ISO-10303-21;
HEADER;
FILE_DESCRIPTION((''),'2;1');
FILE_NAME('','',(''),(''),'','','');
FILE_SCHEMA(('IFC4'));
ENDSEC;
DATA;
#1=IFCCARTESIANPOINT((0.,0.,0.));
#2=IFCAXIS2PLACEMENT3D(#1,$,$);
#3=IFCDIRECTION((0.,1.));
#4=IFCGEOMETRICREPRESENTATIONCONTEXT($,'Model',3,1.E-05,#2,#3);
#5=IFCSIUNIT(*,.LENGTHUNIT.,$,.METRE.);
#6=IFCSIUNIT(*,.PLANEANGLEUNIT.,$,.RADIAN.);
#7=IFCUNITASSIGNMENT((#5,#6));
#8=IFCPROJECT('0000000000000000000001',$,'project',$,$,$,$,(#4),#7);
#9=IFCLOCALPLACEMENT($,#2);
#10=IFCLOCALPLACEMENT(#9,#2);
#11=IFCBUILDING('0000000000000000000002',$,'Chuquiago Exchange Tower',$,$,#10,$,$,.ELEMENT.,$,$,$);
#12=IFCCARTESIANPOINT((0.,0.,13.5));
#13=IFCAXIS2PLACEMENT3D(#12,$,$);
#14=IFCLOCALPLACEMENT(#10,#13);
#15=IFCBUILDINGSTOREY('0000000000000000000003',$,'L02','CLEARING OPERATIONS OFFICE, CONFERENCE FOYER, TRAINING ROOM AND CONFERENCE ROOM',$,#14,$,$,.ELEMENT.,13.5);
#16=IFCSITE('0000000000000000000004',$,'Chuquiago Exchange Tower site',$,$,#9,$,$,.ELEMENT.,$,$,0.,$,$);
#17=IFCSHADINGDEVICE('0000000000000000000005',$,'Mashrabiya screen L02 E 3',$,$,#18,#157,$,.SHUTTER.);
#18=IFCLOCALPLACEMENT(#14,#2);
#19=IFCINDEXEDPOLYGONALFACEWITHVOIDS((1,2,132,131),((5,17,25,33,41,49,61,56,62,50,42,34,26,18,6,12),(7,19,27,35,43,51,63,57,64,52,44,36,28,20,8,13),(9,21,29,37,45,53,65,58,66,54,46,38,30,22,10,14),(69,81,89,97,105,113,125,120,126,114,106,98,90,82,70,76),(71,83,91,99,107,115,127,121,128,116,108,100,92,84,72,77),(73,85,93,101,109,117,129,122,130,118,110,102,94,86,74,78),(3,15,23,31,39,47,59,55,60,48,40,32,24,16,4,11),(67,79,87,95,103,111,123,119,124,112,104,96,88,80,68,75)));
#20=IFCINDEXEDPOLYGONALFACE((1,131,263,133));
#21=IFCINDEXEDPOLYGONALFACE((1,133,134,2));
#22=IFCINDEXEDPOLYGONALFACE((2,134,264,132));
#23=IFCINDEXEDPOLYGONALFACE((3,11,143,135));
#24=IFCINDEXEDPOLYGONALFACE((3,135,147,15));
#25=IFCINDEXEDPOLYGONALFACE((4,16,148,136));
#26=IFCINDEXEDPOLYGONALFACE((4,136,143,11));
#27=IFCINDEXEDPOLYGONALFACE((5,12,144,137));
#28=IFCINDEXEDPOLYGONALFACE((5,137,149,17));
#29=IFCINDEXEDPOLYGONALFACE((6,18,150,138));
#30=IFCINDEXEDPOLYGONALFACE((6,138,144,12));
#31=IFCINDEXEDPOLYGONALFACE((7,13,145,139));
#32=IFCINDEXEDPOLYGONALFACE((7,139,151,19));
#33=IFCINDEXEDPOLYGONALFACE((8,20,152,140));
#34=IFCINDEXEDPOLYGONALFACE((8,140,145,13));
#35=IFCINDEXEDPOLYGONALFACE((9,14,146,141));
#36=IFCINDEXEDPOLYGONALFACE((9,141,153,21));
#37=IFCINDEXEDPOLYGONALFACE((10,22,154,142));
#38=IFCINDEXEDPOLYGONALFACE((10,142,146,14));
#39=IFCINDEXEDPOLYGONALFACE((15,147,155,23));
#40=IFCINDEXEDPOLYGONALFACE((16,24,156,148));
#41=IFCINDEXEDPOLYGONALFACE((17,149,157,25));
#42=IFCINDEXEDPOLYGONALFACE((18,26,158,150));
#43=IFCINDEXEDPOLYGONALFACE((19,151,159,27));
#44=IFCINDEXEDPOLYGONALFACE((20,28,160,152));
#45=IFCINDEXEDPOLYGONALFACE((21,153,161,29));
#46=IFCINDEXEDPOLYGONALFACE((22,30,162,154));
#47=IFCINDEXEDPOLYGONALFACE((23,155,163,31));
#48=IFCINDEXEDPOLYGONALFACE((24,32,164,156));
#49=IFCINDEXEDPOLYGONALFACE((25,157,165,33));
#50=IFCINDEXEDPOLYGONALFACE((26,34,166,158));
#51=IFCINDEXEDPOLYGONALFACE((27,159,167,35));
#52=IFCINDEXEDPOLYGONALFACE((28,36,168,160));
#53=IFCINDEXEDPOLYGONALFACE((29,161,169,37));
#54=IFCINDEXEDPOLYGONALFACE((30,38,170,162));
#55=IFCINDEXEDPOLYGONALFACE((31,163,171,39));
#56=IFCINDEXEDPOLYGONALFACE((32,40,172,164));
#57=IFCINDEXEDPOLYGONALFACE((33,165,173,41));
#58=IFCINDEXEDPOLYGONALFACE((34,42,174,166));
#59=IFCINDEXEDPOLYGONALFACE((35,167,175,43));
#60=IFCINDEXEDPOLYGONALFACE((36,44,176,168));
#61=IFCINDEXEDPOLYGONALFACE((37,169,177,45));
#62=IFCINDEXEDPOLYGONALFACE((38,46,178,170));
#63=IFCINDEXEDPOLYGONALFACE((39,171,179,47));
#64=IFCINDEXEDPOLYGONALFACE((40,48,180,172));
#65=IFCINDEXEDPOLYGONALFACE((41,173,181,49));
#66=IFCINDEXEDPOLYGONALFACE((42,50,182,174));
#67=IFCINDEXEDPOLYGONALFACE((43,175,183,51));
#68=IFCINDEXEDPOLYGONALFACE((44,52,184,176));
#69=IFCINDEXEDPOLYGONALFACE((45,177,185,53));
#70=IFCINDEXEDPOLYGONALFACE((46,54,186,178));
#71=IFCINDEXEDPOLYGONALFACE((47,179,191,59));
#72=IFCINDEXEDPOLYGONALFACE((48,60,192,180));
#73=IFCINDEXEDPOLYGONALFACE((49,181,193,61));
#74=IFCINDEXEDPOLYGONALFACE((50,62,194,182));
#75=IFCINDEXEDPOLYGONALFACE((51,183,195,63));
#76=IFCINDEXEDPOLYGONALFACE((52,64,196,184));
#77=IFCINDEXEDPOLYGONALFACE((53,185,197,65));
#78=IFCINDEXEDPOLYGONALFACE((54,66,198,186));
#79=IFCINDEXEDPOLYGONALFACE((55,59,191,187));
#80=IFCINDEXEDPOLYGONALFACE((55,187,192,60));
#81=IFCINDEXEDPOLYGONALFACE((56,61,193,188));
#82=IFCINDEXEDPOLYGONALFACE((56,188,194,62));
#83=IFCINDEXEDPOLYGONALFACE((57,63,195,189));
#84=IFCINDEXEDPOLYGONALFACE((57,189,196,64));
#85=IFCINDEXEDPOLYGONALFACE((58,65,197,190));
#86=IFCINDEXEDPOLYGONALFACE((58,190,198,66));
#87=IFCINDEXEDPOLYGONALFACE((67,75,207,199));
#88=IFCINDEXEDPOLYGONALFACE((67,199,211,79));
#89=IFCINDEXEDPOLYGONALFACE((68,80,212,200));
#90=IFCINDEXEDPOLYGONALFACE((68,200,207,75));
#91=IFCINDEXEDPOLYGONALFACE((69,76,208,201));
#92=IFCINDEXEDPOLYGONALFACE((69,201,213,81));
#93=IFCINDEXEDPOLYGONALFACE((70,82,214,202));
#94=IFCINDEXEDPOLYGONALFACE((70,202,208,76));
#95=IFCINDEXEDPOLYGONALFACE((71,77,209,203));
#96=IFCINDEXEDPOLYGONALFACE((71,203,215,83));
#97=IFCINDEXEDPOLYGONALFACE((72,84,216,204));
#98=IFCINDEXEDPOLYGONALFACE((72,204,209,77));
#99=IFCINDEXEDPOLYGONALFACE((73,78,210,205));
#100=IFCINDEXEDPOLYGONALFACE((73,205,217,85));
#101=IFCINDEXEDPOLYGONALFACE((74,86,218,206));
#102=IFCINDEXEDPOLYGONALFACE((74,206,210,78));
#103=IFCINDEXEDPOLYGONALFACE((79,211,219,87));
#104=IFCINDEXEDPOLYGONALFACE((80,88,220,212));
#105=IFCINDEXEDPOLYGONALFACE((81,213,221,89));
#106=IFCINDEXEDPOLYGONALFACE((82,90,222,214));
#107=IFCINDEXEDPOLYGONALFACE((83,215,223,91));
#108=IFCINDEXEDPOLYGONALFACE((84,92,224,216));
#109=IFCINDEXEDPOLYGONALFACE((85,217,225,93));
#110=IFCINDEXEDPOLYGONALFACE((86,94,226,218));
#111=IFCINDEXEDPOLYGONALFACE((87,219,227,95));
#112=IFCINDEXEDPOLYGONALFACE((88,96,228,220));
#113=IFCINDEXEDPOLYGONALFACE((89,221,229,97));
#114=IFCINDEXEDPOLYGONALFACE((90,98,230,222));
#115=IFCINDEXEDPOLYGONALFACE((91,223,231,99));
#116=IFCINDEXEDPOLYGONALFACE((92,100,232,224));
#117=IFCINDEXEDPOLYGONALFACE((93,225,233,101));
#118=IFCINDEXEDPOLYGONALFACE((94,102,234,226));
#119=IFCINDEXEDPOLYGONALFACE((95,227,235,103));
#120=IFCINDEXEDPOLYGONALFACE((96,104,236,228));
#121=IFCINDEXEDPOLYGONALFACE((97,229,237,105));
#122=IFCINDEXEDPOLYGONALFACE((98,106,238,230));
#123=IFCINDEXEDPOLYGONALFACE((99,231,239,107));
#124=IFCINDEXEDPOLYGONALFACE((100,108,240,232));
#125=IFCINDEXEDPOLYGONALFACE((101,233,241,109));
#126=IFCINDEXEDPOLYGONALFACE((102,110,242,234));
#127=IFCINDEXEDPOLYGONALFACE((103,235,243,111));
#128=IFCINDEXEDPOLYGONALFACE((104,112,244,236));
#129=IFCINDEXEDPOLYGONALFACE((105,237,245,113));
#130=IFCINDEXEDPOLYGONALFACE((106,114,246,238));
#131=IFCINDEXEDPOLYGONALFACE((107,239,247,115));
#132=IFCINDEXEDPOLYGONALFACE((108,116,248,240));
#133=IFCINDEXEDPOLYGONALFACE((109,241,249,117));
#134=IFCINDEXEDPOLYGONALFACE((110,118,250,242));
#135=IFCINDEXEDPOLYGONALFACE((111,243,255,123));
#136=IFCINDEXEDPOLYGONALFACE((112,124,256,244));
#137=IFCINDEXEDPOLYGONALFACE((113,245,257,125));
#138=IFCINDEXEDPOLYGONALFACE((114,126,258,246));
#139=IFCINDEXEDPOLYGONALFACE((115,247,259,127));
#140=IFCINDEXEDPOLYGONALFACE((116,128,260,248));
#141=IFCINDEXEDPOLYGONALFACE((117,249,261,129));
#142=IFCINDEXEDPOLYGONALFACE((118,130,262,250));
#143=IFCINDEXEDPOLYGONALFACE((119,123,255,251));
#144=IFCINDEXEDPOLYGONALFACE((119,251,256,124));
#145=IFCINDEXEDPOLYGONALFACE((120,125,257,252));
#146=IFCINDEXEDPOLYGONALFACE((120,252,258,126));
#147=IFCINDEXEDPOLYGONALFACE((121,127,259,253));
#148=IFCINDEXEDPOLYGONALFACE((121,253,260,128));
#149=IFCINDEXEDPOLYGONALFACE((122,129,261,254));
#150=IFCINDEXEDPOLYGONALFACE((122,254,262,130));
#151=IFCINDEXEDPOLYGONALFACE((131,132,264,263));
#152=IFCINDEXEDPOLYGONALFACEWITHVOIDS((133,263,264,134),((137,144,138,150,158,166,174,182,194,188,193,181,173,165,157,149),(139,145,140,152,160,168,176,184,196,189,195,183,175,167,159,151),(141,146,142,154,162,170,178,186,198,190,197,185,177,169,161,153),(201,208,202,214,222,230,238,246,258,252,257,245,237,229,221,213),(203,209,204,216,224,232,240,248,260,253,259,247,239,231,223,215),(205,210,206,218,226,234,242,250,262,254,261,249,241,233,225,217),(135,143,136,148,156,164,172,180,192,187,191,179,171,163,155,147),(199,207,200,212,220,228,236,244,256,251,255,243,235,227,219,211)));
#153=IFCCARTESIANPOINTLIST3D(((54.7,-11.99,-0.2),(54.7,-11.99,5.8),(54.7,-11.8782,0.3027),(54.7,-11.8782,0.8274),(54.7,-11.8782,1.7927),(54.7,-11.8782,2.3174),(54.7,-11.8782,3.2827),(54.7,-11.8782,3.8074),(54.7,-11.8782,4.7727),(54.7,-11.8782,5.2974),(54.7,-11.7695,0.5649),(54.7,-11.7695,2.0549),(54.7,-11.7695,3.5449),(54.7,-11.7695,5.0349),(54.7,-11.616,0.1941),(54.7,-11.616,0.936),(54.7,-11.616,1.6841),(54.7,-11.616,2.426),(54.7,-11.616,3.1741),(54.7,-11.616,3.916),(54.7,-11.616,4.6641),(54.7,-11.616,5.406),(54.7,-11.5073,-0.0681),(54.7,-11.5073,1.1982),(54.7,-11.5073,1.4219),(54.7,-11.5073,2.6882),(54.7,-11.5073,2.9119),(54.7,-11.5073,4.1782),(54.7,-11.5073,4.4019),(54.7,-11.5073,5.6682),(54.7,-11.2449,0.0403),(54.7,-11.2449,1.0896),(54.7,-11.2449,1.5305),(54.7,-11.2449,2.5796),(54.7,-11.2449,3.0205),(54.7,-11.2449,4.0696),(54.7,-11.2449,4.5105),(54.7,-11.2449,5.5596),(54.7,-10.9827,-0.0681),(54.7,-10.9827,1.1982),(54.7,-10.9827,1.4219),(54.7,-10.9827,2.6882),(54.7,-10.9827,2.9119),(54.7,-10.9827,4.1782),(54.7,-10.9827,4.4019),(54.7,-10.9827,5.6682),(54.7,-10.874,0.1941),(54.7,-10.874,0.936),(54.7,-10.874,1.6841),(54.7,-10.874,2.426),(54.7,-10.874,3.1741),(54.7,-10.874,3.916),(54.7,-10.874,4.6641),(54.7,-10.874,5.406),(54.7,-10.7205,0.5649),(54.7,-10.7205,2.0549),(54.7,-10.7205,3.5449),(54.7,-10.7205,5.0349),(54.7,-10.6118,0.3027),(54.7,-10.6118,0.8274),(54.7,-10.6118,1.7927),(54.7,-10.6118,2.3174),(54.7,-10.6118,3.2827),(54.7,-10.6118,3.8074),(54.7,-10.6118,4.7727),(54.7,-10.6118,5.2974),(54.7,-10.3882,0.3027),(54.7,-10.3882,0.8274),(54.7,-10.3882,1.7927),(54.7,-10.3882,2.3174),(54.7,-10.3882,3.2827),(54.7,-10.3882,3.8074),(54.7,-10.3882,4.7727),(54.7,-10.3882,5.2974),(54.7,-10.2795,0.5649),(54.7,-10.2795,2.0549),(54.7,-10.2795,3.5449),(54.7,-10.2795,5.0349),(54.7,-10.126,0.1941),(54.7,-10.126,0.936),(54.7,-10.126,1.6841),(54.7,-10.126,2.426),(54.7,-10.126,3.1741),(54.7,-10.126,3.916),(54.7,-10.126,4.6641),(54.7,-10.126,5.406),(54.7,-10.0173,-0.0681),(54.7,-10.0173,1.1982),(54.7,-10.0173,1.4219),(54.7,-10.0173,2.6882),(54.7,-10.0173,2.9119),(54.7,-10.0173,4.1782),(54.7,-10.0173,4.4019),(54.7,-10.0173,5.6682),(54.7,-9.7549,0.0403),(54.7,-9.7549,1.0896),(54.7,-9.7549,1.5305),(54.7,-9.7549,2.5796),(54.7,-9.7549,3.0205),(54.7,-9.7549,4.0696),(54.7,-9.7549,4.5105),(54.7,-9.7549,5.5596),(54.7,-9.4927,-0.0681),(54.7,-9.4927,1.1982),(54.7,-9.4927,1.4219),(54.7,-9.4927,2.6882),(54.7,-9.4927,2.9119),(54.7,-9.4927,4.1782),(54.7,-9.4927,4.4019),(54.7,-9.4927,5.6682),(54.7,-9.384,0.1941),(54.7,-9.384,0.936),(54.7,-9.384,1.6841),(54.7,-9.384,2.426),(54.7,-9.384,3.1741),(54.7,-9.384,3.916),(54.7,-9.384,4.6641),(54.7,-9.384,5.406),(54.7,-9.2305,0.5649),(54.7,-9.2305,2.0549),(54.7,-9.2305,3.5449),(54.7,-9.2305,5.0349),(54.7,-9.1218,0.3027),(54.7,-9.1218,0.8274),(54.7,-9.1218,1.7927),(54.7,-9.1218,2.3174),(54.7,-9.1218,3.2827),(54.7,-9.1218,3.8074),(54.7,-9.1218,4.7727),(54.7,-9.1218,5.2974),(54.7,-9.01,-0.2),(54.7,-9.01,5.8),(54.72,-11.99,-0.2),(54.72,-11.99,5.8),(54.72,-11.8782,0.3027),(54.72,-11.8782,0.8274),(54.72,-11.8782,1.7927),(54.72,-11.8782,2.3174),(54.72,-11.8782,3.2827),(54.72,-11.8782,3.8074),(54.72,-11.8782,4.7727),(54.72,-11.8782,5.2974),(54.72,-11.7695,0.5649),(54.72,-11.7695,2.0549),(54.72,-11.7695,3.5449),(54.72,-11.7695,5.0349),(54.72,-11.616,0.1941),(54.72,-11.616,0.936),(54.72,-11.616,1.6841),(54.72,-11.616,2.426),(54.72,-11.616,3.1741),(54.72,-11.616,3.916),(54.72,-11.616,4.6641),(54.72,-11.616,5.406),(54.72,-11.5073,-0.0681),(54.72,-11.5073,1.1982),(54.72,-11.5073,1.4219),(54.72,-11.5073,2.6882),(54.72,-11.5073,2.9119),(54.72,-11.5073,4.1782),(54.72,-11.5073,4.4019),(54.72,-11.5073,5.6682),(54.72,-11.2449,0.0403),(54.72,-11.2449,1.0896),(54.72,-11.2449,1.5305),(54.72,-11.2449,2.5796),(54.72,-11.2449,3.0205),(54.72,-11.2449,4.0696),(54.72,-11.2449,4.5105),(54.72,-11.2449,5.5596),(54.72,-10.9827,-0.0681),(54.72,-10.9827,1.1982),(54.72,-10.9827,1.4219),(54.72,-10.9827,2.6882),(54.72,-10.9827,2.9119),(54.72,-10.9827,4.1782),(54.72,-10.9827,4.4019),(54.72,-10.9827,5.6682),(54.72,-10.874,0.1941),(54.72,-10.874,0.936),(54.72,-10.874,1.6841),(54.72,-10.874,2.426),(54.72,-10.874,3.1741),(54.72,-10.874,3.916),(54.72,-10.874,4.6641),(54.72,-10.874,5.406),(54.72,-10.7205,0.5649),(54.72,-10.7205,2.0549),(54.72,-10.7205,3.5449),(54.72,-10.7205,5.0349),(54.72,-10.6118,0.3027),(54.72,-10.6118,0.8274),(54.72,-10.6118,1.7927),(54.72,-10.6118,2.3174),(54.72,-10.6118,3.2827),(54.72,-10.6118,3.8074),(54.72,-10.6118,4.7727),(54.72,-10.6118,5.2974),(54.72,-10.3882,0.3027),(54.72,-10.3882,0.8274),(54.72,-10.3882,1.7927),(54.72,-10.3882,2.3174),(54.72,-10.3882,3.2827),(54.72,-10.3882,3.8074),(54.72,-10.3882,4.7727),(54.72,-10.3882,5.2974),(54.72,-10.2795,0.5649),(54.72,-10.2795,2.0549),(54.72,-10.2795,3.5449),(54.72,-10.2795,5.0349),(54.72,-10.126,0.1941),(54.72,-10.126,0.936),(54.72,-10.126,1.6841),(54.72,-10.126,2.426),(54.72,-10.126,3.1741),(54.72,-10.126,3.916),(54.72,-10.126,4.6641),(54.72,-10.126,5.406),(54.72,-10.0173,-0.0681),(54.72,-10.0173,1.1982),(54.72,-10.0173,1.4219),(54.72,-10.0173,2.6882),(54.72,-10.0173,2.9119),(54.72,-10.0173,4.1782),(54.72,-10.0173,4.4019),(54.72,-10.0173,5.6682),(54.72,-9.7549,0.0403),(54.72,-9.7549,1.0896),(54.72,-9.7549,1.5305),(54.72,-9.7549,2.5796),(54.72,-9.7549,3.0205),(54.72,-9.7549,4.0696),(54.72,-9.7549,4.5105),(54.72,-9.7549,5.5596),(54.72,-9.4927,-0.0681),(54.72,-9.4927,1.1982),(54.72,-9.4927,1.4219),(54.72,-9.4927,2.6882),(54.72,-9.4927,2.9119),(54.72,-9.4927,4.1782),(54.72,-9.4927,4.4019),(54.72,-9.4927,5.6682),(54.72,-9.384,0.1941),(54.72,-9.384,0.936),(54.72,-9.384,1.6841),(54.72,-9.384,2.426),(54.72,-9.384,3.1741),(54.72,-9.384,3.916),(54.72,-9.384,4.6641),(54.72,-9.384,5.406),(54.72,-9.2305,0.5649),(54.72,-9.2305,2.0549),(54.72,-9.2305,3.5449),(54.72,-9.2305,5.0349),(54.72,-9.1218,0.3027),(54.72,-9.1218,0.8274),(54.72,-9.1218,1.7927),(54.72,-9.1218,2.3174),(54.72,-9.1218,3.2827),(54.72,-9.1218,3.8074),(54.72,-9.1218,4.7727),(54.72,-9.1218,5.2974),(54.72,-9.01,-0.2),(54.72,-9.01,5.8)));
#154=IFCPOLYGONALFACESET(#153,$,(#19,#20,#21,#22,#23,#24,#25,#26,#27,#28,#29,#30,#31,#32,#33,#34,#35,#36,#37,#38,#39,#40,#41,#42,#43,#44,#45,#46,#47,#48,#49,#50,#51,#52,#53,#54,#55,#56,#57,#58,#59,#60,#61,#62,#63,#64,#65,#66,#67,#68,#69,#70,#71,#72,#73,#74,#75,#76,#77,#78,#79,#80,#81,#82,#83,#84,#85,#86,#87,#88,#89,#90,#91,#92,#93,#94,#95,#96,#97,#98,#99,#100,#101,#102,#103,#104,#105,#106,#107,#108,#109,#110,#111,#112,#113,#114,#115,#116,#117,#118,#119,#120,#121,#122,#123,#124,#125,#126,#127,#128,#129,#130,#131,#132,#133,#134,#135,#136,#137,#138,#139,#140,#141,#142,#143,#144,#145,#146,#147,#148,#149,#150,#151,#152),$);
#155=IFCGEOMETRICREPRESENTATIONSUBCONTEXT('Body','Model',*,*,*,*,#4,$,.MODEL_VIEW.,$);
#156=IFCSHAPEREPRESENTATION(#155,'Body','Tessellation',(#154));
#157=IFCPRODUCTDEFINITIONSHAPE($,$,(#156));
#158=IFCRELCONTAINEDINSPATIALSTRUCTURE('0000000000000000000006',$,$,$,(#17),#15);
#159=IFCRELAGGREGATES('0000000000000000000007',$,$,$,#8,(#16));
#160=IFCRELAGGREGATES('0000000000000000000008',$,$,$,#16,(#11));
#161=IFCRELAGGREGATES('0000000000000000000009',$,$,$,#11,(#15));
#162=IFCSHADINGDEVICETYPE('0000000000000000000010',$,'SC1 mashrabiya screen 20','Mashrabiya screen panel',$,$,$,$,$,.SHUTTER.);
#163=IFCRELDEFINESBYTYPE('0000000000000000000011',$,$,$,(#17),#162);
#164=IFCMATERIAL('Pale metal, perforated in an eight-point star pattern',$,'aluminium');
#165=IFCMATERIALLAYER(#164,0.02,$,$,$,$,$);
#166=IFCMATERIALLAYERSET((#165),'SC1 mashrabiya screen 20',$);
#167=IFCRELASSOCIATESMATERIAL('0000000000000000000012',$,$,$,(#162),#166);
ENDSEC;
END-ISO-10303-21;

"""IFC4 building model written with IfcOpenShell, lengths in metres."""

from ifc_helpers import new_model, si_unit, direction, frame, origin, place, context, subcontext, project, spatial, polyline, outline, extrude, material, layer, layer_set, type_object, element, save


model = new_model("IFC4")

# Units and contexts
model_context = context("Model", 3, precision=1e-05, world=origin(), true_north=direction((0.0, 1.0)))
body_context = subcontext(model_context, "Body", "Model", "MODEL_VIEW")
ifc_project = project(units=[si_unit("LENGTHUNIT", "METRE"), si_unit("PLANEANGLEUNIT", "RADIAN")], contexts=[model_context])

# Site, building, storey
site_placement = place(None, origin())
site = spatial("IfcSite", under=ifc_project, at=site_placement, Name="Chuquiago Exchange Tower site", CompositionType="ELEMENT", RefElevation=0.0)
building_placement = place(site_placement, origin())
building = spatial("IfcBuilding", under=site, at=building_placement, Name="Chuquiago Exchange Tower", CompositionType="ELEMENT")
storey_placement = place(building_placement, frame((0.0, 0.0, 13.5)))
storey = spatial("IfcBuildingStorey", under=building, at=storey_placement, Name="L02", Description="CLEARING OPERATIONS OFFICE, CONFERENCE FOYER, TRAINING ROOM AND CONFERENCE ROOM", CompositionType="ELEMENT", Elevation=13.5)

# Shading device
ifc_material_1 = material(Name="Pale metal, perforated in an eight-point star pattern", Category="aluminium")
ifc_layer_1 = layer(ifc_material_1, 0.02)
ifc_layer_set_1 = layer_set([ifc_layer_1], Name="SC1 mashrabiya screen 20")
shading_device_type = type_object("IfcShadingDeviceType", Name="SC1 mashrabiya screen 20", Description="Mashrabiya screen panel", PredefinedType="SHUTTER", material=ifc_layer_set_1)
shading_device_1_placement = place(storey_placement, frame((54.7, -11.99, -0.2), z_axis=(0.0, 0.0, 1.0), x_axis=(0.0, 1.0, 0.0)))
element("IfcShadingDevice", 1, at=shading_device_1_placement, inside=storey, type_object=shading_device_type, Name="Mashrabiya screen L02 E 3", PredefinedType="SHUTTER", context=body_context, shape_type="SweptSolid", body=[
    extrude(outline(polyline([(0.0, 0.0), (2.98, 0.0), (2.98, 6.0), (0.0, 6.0), (0.0, 0.0)]), holes=[polyline([(1.2695, 0.7649), (1.3782, 1.0273), (1.116, 1.136), (1.0073, 1.3982), (0.7451, 1.2896), (0.4827, 1.3982), (0.374, 1.136), (0.1118, 1.0273), (0.2205, 0.7649), (0.1118, 0.5027), (0.374, 0.394), (0.4827, 0.1318), (0.7451, 0.2402), (1.0073, 0.1318), (1.116, 0.394), (1.3782, 0.5027), (1.2695, 0.7649)]), polyline([(2.7595, 0.7649), (2.8682, 1.0273), (2.606, 1.136), (2.4973, 1.3982), (2.2351, 1.2896), (1.9727, 1.3982), (1.864, 1.136), (1.6018, 1.0273), (1.7104, 0.7649), (1.6018, 0.5027), (1.864, 0.394), (1.9727, 0.1318), (2.2351, 0.2402), (2.4973, 0.1318), (2.606, 0.394), (2.8682, 0.5027), (2.7595, 0.7649)]), polyline([(1.2695, 2.2549), (1.3782, 2.5173), (1.116, 2.626), (1.0073, 2.8882), (0.7451, 2.7795), (0.4827, 2.8882), (0.374, 2.626), (0.1118, 2.5173), (0.2205, 2.2549), (0.1118, 1.9927), (0.374, 1.884), (0.4827, 1.6218), (0.7451, 1.7305), (1.0073, 1.6218), (1.116, 1.884), (1.3782, 1.9927), (1.2695, 2.2549)]), polyline([(2.7595, 2.2549), (2.8682, 2.5173), (2.606, 2.626), (2.4973, 2.8882), (2.2351, 2.7795), (1.9727, 2.8882), (1.864, 2.626), (1.6018, 2.5173), (1.7104, 2.2549), (1.6018, 1.9927), (1.864, 1.884), (1.9727, 1.6218), (2.2351, 1.7305), (2.4973, 1.6218), (2.606, 1.884), (2.8682, 1.9927), (2.7595, 2.2549)]), polyline([(1.2695, 3.7449), (1.3782, 4.0073), (1.116, 4.116), (1.0073, 4.3782), (0.7451, 4.2695), (0.4827, 4.3782), (0.374, 4.116), (0.1118, 4.0073), (0.2205, 3.7449), (0.1118, 3.4827), (0.374, 3.374), (0.4827, 3.1118), (0.7451, 3.2205), (1.0073, 3.1118), (1.116, 3.374), (1.3782, 3.4827), (1.2695, 3.7449)]), polyline([(2.7595, 3.7449), (2.8682, 4.0073), (2.606, 4.116), (2.4973, 4.3782), (2.2351, 4.2695), (1.9727, 4.3782), (1.864, 4.116), (1.6018, 4.0073), (1.7104, 3.7449), (1.6018, 3.4827), (1.864, 3.374), (1.9727, 3.1118), (2.2351, 3.2205), (2.4973, 3.1118), (2.606, 3.374), (2.8682, 3.4827), (2.7595, 3.7449)]), polyline([(1.2695, 5.2349), (1.3782, 5.4973), (1.116, 5.606), (1.0073, 5.8682), (0.7451, 5.7595), (0.4827, 5.8682), (0.374, 5.606), (0.1118, 5.4973), (0.2205, 5.2349), (0.1118, 4.9727), (0.374, 4.864), (0.4827, 4.6018), (0.7451, 4.7104), (1.0073, 4.6018), (1.116, 4.864), (1.3782, 4.9727), (1.2695, 5.2349)]), polyline([(2.7595, 5.2349), (2.8682, 5.4973), (2.606, 5.606), (2.4973, 5.8682), (2.2351, 5.7595), (1.9727, 5.8682), (1.864, 5.606), (1.6018, 5.4973), (1.7104, 5.2349), (1.6018, 4.9727), (1.864, 4.864), (1.9727, 4.6018), (2.2351, 4.7104), (2.4973, 4.6018), (2.606, 4.864), (2.8682, 4.9727), (2.7595, 5.2349)])]), frame((0.0, 0.0, 0.0), z_axis=(0.0, -1.0, 0.0), x_axis=(1.0, 0.0, 0.0)), (0.0, 0.0, 1.0), 0.02),
])

save(model, "model.ifc")
